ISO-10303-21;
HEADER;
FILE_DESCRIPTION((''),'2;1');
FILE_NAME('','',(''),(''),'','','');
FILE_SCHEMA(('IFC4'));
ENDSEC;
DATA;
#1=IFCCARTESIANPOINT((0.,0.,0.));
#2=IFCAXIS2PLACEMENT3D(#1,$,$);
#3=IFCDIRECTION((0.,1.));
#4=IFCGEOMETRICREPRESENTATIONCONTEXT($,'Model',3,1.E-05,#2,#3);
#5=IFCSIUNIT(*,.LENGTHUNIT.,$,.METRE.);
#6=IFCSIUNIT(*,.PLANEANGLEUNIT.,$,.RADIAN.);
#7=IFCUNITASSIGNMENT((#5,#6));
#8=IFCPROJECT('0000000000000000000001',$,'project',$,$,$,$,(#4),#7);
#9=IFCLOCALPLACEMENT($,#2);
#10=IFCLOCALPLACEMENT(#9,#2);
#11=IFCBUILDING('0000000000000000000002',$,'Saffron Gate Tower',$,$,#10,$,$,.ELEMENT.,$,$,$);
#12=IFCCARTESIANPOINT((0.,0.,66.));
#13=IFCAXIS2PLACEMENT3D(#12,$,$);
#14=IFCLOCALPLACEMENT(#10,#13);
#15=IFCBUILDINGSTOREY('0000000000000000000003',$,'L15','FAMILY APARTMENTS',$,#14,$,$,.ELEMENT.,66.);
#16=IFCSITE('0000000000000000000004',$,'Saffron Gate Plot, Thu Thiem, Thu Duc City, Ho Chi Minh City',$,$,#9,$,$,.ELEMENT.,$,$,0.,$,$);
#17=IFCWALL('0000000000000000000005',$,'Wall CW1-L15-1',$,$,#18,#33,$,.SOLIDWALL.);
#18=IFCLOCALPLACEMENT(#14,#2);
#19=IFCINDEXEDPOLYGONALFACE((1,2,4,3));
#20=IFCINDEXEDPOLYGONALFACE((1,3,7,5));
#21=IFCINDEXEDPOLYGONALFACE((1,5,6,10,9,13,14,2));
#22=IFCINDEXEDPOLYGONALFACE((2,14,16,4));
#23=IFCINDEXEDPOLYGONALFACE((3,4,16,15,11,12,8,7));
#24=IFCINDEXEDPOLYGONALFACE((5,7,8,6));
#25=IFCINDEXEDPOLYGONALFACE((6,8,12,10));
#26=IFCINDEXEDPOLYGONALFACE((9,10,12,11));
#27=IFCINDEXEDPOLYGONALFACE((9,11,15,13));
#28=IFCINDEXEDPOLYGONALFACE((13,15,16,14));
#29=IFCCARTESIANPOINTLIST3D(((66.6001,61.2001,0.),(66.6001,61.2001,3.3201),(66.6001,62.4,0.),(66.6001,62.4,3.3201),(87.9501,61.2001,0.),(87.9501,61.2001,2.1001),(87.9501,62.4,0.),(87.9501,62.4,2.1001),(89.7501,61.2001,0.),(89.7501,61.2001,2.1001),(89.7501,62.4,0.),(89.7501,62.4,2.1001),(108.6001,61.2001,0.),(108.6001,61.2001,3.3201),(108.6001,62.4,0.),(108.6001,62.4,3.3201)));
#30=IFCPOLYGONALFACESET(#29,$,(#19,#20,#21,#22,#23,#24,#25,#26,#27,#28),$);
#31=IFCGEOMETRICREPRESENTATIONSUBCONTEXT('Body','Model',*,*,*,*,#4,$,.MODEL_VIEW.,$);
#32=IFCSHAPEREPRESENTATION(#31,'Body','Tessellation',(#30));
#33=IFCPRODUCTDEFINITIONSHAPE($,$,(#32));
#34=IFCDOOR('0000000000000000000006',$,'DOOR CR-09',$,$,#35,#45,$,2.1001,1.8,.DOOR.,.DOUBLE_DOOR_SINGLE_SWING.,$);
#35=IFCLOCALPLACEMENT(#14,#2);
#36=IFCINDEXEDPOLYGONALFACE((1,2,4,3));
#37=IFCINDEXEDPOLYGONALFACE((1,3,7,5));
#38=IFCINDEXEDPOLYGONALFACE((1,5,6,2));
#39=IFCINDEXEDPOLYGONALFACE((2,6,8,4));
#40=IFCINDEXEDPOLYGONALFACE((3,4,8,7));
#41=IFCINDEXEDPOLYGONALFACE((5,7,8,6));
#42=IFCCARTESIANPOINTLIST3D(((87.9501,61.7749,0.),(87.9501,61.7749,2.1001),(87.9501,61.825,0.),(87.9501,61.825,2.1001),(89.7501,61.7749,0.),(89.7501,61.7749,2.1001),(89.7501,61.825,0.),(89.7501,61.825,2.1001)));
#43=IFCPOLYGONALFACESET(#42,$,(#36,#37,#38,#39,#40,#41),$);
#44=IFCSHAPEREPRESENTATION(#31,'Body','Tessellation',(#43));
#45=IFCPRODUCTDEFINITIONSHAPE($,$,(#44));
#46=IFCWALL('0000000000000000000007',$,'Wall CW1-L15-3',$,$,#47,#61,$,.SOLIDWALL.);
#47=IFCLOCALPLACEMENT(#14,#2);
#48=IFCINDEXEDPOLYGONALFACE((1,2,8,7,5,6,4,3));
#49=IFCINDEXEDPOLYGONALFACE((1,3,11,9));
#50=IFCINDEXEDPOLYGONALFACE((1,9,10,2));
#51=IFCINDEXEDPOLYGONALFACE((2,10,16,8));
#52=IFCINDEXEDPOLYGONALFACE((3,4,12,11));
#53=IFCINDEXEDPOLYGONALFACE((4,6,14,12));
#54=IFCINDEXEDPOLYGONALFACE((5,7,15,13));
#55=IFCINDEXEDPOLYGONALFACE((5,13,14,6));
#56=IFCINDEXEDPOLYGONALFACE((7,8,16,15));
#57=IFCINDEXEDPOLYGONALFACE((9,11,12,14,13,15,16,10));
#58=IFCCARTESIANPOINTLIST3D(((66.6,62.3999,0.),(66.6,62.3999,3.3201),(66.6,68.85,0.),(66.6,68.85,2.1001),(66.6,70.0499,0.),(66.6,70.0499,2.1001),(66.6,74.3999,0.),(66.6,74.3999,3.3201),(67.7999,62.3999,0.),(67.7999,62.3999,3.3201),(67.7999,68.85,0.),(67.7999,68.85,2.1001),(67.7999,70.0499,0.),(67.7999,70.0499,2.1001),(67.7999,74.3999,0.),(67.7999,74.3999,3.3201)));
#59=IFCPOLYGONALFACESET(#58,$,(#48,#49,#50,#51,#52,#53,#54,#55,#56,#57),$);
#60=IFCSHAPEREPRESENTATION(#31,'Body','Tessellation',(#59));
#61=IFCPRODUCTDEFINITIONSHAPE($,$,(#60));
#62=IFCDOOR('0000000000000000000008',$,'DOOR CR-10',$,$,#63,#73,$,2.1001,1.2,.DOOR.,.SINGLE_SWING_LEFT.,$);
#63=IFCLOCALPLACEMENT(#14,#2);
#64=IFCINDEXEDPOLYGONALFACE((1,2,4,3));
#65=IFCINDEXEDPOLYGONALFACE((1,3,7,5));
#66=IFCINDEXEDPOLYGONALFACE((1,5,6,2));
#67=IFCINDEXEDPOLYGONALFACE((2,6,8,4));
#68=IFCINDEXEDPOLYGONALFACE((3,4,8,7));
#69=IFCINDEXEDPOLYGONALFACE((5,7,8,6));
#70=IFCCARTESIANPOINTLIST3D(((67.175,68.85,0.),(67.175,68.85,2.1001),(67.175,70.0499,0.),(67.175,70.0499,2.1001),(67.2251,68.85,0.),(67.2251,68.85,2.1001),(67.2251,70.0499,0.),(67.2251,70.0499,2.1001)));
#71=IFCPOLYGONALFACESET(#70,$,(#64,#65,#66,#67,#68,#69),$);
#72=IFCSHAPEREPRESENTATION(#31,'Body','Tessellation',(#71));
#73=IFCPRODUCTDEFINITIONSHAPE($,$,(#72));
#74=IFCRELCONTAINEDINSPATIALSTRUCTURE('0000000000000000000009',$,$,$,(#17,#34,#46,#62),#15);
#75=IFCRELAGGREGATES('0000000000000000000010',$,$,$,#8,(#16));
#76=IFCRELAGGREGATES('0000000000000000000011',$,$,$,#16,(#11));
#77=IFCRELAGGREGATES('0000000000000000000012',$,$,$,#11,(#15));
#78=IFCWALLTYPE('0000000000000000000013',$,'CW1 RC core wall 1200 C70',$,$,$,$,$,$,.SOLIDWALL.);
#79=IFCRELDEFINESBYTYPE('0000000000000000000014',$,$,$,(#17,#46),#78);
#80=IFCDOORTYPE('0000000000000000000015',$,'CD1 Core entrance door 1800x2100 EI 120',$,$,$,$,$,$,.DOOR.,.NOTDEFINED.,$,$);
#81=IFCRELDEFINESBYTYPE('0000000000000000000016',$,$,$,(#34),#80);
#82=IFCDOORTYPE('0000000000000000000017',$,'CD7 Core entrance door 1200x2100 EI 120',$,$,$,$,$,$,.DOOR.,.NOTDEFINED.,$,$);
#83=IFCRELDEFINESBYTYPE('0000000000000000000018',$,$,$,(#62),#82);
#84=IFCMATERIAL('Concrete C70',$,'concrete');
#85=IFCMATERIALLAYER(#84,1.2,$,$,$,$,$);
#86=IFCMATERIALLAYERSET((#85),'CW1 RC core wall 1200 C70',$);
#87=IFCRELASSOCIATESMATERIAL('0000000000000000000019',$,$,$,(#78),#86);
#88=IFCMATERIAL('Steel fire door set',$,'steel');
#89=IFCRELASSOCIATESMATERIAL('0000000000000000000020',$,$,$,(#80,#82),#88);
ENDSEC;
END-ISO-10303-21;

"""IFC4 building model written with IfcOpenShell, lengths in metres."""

from ifc_helpers import new_model, si_unit, direction, frame, frame_2d, origin, place, context, subcontext, project, spatial, rectangle, extrude, material, layer, layer_set, type_object, element, fill, save


model = new_model("IFC4")

# Units and contexts
model_context = context("Model", 3, precision=1e-05, world=origin(), true_north=direction((0.0, 1.0)))
body_context = subcontext(model_context, "Body", "Model", "MODEL_VIEW")
ifc_project = project(units=[si_unit("LENGTHUNIT", "METRE"), si_unit("PLANEANGLEUNIT", "RADIAN")], contexts=[model_context])

# Site, building, storey
site_placement = place(None, origin())
site = spatial("IfcSite", under=ifc_project, at=site_placement, Name="Saffron Gate Plot, Thu Thiem, Thu Duc City, Ho Chi Minh City", CompositionType="ELEMENT", RefElevation=0.0)
building_placement = place(site_placement, origin())
building = spatial("IfcBuilding", under=site, at=building_placement, Name="Saffron Gate Tower", CompositionType="ELEMENT")
storey_placement = place(building_placement, frame((0.0, 0.0, 66.0)))
storey = spatial("IfcBuildingStorey", under=building, at=storey_placement, Name="L15", Description="FAMILY APARTMENTS", CompositionType="ELEMENT", Elevation=66.0)

# Walls, openings, doors
ifc_material_1 = material(Name="Concrete C70", Category="concrete")
ifc_layer_1 = layer(ifc_material_1, 1.2)
ifc_layer_set_1 = layer_set([ifc_layer_1], Name="CW1 RC core wall 1200 C70")
wall_type_1 = type_object("IfcWallType", Name="CW1 RC core wall 1200 C70", PredefinedType="SOLIDWALL", material=ifc_layer_set_1)
wall_1_placement = place(storey_placement, frame((66.6001, 61.8, 0.0), z_axis=(0.0, 0.0, 1.0), x_axis=(1.0, 0.0, 0.0)))
wall_1 = element("IfcWall", 1, at=wall_1_placement, inside=storey, type_object=wall_type_1, Name="Wall CW1-L15-1", PredefinedType="SOLIDWALL", context=body_context, shape_type="SweptSolid", body=[
    extrude(rectangle(XDim=42.0, YDim=1.2, at=frame_2d((21.0, 0.0))), origin(), (0.0, 0.0, 1.0), 3.3201),
])
opening_1_placement = place(wall_1_placement, frame((21.3501, 0.0, 0.0)))
opening_1 = element("IfcOpeningElement", 2, at=opening_1_placement, cuts=wall_1, PredefinedType="OPENING", context=body_context, shape_type="SweptSolid", body=[
    extrude(rectangle(XDim=1.8, YDim=2.1001, at=frame_2d((0.8999, 1.05))), frame((0.0, 0.6099, 0.0), z_axis=(0.0, -1.0, 0.0), x_axis=(1.0, 0.0, 0.0)), (0.0, 0.0, 1.0), 1.22),
])
ifc_material_2 = material(Name="Steel fire door set", Category="steel")
door_type_1 = type_object("IfcDoorType", Name="CD1 Core entrance door 1800x2100 EI 120", OperationType="NOTDEFINED", PredefinedType="DOOR", material=ifc_material_2)
door_1_placement = place(opening_1_placement, origin())
door_1 = element("IfcDoor", 3, at=door_1_placement, inside=storey, type_object=door_type_1, Name="DOOR CR-09", OperationType="DOUBLE_DOOR_SINGLE_SWING", OverallHeight=2.1001, OverallWidth=1.8, PredefinedType="DOOR", context=body_context, shape_type="SweptSolid", body=[
    extrude(rectangle(XDim=1.8, YDim=2.1001, at=frame_2d((0.8999, 1.05))), frame((0.0, 0.0249, 0.0), z_axis=(0.0, -1.0, 0.0), x_axis=(1.0, 0.0, 0.0)), (0.0, 0.0, 1.0), 0.05),
])
fill(opening_1, door_1)
wall_2_placement = place(storey_placement, frame((67.2, 62.3999, 0.0), z_axis=(0.0, 0.0, 1.0), x_axis=(0.0, 1.0, 0.0)))
wall_2 = element("IfcWall", 4, at=wall_2_placement, inside=storey, type_object=wall_type_1, Name="Wall CW1-L15-3", PredefinedType="SOLIDWALL", context=body_context, shape_type="SweptSolid", body=[
    extrude(rectangle(XDim=12.0, YDim=1.2, at=frame_2d((6.0, 0.0))), origin(), (0.0, 0.0, 1.0), 3.3201),
])
opening_2_placement = place(wall_2_placement, frame((6.45, 0.0, 0.0)))
opening_2 = element("IfcOpeningElement", 5, at=opening_2_placement, cuts=wall_2, PredefinedType="OPENING", context=body_context, shape_type="SweptSolid", body=[
    extrude(rectangle(XDim=1.2, YDim=2.1001, at=frame_2d((0.6001, 1.05))), frame((0.0, 0.6099, 0.0), z_axis=(0.0, -1.0, 0.0), x_axis=(1.0, 0.0, 0.0)), (0.0, 0.0, 1.0), 1.22),
])
door_type_2 = type_object("IfcDoorType", Name="CD7 Core entrance door 1200x2100 EI 120", OperationType="NOTDEFINED", PredefinedType="DOOR", material=ifc_material_2)
door_2_placement = place(opening_2_placement, origin())
door_2 = element("IfcDoor", 6, at=door_2_placement, inside=storey, type_object=door_type_2, Name="DOOR CR-10", OperationType="SINGLE_SWING_LEFT", OverallHeight=2.1001, OverallWidth=1.2, PredefinedType="DOOR", context=body_context, shape_type="SweptSolid", body=[
    extrude(rectangle(XDim=1.2, YDim=2.1001, at=frame_2d((0.6001, 1.05))), frame((0.0, 0.0249, 0.0), z_axis=(0.0, -1.0, 0.0), x_axis=(1.0, 0.0, 0.0)), (0.0, 0.0, 1.0), 0.05),
])
fill(opening_2, door_2)

save(model, "model.ifc")
